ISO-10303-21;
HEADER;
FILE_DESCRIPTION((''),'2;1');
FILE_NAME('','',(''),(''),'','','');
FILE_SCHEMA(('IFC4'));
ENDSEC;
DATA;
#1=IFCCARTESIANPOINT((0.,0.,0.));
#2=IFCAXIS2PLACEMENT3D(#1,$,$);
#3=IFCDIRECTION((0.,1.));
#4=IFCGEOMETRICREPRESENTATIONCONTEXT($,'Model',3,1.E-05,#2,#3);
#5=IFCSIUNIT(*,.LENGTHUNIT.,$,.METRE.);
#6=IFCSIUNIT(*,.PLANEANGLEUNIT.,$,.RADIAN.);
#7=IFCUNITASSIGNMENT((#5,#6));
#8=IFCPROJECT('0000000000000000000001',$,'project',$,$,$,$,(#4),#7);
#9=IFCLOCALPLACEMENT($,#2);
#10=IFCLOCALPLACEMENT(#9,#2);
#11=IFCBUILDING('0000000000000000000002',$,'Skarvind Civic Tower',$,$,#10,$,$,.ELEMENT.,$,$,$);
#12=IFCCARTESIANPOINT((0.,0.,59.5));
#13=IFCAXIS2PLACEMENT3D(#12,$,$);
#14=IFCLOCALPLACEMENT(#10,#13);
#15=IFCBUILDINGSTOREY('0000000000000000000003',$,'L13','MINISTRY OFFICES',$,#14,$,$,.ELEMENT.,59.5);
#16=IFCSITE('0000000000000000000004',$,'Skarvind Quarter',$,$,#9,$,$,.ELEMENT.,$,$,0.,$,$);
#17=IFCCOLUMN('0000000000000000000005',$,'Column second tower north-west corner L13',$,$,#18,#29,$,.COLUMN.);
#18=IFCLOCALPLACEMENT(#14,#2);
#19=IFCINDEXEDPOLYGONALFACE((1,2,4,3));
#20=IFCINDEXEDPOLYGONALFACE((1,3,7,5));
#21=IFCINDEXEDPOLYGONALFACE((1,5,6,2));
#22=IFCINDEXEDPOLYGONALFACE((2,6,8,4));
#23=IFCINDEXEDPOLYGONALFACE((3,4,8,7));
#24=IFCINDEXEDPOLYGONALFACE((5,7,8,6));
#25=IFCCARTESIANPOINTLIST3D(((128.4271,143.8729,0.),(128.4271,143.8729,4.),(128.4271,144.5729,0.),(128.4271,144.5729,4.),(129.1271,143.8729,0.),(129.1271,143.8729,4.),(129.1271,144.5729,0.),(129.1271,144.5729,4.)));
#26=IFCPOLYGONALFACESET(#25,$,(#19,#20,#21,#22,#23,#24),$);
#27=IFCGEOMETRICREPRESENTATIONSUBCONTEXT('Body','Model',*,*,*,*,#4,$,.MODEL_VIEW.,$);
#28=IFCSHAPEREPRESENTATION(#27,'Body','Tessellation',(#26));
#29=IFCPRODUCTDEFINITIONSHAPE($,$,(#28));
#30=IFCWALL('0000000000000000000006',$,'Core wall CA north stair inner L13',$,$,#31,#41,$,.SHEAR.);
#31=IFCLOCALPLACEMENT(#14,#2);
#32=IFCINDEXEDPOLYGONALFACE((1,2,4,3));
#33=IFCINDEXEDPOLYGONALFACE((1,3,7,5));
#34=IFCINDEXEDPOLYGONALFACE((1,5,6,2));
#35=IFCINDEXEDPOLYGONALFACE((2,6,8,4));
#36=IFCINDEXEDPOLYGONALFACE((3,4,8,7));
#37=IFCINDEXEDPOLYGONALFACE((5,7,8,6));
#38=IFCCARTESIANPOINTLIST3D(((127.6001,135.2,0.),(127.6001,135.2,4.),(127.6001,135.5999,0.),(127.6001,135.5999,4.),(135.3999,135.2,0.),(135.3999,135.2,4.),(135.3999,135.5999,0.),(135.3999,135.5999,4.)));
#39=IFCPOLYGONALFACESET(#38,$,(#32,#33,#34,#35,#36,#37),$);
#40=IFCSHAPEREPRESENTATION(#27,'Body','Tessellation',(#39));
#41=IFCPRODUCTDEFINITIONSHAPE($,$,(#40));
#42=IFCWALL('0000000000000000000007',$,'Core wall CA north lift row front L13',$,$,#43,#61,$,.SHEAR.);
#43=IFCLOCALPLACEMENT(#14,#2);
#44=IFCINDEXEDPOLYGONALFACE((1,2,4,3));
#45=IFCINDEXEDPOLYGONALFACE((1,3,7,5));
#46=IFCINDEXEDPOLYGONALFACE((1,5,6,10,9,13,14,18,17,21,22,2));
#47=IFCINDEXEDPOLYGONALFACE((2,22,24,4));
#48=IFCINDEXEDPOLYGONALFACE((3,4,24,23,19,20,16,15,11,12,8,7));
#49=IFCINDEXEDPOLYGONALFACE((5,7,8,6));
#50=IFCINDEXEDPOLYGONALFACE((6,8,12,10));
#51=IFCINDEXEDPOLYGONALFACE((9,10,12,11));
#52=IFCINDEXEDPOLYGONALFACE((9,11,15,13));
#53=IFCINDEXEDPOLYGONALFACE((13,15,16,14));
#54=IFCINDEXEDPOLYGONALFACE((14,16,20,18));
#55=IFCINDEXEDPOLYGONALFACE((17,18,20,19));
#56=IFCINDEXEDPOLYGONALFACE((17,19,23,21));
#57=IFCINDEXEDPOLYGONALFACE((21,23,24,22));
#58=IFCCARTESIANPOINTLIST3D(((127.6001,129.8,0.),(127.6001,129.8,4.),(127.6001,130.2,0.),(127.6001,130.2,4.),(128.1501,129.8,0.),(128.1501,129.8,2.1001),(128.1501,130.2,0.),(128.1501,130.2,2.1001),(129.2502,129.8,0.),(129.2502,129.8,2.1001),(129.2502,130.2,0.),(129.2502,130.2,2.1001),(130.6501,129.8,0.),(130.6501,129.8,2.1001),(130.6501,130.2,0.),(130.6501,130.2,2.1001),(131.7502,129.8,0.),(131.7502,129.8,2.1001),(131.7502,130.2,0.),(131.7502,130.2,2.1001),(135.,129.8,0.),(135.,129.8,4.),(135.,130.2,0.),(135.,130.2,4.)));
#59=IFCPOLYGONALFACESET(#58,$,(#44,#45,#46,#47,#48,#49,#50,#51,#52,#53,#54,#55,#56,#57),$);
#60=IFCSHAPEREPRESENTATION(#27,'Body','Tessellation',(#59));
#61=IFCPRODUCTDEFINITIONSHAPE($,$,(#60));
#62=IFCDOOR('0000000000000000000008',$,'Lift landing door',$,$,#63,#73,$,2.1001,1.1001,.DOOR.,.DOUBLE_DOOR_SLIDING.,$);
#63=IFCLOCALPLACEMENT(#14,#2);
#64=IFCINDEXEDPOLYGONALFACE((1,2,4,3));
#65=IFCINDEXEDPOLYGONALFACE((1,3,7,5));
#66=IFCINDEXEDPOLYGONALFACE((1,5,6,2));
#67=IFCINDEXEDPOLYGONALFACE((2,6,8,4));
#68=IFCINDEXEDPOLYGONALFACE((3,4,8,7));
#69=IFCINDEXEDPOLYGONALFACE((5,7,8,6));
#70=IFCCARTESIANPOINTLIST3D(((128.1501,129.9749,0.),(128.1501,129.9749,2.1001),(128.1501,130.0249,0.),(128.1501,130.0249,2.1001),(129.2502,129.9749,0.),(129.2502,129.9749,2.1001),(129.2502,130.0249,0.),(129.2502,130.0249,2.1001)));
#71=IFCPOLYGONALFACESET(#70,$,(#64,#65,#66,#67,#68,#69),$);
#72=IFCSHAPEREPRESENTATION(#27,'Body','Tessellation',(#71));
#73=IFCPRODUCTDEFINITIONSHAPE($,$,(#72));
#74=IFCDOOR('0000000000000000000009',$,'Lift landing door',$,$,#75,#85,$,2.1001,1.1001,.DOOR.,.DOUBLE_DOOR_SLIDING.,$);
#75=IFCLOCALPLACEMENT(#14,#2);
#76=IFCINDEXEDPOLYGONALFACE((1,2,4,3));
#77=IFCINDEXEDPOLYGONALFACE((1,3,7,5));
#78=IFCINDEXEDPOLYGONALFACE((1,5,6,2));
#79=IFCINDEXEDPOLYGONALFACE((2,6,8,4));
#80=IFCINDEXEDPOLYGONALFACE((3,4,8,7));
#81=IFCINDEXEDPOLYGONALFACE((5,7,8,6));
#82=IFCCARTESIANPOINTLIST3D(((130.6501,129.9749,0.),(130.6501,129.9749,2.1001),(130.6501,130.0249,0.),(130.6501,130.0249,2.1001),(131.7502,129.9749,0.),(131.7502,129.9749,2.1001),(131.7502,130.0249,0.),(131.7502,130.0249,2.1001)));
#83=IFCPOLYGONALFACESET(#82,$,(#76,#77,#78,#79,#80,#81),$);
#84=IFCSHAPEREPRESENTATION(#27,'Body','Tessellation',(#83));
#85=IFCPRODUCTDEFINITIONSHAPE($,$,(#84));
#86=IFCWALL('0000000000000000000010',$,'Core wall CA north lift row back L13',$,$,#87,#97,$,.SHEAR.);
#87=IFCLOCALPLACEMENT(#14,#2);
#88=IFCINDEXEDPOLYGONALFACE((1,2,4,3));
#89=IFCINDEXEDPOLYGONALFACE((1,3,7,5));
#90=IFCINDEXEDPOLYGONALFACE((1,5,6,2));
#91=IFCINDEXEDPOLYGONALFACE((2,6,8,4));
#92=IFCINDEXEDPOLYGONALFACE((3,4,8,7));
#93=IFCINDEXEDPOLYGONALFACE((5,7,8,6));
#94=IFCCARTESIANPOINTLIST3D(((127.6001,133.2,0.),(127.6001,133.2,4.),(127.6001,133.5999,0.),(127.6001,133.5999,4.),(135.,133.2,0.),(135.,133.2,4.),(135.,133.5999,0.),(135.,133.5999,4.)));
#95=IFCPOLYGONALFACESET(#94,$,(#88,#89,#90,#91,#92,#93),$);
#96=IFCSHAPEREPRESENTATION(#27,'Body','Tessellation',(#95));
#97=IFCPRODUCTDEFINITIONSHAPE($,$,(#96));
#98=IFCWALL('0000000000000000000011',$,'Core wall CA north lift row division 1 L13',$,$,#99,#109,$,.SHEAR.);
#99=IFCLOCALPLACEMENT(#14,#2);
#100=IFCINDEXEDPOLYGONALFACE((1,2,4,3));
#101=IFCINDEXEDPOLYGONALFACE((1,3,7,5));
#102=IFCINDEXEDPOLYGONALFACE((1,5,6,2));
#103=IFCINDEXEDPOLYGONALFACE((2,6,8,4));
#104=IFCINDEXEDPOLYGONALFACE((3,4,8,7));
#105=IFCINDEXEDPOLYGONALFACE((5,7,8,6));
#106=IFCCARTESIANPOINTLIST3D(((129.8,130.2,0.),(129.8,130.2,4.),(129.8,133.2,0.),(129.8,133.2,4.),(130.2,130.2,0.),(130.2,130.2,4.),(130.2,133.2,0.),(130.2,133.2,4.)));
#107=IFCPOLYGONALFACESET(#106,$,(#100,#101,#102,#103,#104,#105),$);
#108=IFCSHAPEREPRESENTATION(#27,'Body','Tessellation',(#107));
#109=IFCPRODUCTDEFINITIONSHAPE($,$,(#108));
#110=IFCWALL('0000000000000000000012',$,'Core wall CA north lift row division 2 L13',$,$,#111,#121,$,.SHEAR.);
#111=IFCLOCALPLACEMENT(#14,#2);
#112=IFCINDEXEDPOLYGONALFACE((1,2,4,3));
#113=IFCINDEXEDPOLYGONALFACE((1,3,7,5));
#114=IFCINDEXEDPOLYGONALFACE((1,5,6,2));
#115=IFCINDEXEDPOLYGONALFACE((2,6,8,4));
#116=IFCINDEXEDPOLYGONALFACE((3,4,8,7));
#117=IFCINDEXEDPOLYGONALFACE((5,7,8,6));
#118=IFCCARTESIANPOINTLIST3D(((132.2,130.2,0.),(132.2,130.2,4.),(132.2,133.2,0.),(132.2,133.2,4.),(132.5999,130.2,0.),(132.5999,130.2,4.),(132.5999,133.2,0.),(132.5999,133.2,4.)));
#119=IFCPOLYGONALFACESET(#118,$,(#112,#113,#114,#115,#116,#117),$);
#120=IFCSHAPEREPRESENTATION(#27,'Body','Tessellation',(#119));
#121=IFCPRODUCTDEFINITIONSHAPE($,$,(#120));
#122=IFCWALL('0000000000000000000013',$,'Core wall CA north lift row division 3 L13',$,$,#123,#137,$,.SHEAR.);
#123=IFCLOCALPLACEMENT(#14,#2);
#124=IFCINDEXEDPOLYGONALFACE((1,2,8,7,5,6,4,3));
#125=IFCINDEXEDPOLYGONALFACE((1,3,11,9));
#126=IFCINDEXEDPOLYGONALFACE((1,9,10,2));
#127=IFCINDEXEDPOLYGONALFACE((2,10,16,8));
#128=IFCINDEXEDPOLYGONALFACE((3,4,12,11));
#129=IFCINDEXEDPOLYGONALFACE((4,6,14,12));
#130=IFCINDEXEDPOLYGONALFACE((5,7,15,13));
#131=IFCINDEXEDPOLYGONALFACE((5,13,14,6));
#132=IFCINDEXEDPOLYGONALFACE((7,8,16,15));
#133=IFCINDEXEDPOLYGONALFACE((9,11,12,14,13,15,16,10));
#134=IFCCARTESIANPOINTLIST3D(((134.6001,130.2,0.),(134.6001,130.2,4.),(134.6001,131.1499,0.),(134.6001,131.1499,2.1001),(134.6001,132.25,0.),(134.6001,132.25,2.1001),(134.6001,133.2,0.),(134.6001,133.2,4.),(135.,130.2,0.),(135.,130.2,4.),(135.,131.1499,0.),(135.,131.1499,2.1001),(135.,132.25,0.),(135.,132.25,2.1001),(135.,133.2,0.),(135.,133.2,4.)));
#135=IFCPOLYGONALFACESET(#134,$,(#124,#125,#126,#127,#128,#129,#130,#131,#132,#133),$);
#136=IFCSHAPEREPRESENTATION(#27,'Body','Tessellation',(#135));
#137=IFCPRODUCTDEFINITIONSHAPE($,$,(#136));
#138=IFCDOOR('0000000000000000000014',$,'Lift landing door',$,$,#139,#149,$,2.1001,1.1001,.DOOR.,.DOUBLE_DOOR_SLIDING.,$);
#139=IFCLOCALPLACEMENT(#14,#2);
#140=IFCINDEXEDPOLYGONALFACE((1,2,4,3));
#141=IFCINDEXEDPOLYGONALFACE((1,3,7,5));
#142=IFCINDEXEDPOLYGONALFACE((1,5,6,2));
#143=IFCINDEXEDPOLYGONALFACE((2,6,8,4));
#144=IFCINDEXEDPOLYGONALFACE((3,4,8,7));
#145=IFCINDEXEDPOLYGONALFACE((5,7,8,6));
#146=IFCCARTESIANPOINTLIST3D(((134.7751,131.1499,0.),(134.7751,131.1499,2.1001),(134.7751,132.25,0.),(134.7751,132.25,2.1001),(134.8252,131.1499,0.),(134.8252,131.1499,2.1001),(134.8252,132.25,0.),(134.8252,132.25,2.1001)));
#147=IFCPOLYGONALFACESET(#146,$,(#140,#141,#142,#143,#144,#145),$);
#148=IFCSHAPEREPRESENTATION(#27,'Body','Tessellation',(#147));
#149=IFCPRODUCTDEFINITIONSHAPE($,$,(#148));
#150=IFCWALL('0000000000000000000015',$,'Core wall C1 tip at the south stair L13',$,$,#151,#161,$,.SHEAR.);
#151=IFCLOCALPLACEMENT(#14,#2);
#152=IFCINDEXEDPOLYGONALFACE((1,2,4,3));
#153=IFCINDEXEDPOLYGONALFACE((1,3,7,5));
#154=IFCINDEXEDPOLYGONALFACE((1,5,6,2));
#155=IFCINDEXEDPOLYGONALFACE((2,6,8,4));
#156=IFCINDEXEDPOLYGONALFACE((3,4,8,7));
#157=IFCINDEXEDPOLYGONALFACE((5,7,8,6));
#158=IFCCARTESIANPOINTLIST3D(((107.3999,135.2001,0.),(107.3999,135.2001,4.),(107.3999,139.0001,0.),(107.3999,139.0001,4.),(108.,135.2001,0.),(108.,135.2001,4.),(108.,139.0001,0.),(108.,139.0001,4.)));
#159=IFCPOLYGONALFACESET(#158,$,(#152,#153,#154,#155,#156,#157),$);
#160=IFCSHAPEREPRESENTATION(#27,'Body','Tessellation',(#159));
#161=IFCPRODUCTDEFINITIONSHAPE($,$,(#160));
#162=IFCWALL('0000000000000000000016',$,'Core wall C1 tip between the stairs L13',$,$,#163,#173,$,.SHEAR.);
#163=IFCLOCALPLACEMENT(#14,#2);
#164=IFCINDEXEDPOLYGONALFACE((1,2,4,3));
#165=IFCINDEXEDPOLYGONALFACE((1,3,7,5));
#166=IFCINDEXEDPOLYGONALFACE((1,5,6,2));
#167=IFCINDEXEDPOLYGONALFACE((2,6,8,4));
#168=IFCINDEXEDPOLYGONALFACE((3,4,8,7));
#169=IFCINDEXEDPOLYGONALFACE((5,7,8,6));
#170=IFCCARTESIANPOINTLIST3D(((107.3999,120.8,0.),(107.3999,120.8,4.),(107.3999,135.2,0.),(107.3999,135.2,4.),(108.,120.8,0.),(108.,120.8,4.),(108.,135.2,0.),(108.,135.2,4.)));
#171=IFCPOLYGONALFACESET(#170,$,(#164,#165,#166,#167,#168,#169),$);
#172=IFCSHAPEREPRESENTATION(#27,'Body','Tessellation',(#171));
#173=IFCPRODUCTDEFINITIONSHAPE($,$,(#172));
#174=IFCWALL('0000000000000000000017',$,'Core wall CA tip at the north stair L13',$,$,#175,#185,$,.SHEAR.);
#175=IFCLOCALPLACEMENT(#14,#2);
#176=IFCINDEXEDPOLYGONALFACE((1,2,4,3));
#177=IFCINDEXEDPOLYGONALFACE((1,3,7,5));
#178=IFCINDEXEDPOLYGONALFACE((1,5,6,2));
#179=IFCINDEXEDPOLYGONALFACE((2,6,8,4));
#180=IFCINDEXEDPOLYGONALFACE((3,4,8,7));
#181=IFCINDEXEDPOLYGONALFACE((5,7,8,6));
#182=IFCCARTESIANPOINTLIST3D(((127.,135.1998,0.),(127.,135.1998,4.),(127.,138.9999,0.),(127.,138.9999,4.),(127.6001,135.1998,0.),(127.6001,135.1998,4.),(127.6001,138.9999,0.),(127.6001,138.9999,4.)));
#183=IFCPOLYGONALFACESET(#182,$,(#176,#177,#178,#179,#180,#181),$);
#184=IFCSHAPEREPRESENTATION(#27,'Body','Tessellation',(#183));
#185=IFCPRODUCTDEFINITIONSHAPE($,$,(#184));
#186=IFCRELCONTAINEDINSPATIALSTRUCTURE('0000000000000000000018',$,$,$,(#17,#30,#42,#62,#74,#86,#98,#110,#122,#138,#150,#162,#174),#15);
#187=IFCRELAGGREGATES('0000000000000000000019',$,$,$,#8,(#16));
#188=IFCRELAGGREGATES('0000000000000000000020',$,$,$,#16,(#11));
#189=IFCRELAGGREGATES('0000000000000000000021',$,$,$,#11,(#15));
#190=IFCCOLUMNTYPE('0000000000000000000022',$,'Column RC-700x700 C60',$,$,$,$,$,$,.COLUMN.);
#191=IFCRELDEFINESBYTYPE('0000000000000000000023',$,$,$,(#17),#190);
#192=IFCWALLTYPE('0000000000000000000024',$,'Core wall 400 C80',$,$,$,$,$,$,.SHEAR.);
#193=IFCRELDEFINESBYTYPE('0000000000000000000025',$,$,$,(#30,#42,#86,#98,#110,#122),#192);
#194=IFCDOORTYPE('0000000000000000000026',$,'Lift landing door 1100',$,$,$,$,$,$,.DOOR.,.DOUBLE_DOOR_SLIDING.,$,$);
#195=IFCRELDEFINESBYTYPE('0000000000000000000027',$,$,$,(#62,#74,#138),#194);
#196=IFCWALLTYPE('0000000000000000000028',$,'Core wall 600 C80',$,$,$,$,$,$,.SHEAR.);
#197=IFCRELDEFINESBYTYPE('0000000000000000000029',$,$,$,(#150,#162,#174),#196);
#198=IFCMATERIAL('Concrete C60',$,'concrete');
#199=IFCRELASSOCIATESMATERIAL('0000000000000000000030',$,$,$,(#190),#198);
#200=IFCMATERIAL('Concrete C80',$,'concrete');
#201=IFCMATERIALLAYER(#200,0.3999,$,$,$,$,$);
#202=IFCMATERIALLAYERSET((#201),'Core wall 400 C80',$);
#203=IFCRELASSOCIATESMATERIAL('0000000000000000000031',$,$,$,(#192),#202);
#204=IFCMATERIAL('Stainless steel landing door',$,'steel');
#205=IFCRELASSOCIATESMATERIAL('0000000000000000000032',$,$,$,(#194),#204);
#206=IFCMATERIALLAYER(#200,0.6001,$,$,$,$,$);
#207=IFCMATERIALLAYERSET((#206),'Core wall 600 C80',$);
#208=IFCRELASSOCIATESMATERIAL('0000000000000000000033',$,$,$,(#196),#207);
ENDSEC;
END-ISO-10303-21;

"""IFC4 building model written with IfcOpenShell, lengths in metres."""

from ifc_helpers import new_model, si_unit, direction, frame, frame_2d, origin, origin_2d, place, context, subcontext, project, spatial, rectangle, extrude, material, layer, layer_set, material_profile, profile_set, type_object, element, fill, save


model = new_model("IFC4")

# Units and contexts
model_context = context("Model", 3, precision=1e-05, world=origin(), true_north=direction((0.0, 1.0)))
body_context = subcontext(model_context, "Body", "Model", "MODEL_VIEW")
ifc_project = project(units=[si_unit("LENGTHUNIT", "METRE"), si_unit("PLANEANGLEUNIT", "RADIAN")], contexts=[model_context])

# Site, building, storey
site_placement = place(None, origin())
site = spatial("IfcSite", under=ifc_project, at=site_placement, Name="Skarvind Quarter", CompositionType="ELEMENT", RefElevation=0.0)
building_placement = place(site_placement, origin())
building = spatial("IfcBuilding", under=site, at=building_placement, Name="Skarvind Civic Tower", CompositionType="ELEMENT")
storey_placement = place(building_placement, frame((0.0, 0.0, 59.5)))
storey = spatial("IfcBuildingStorey", under=building, at=storey_placement, Name="L13", Description="MINISTRY OFFICES", CompositionType="ELEMENT", Elevation=59.5)

# Column
ifc_material_1 = material(Name="Concrete C60", Category="concrete")
ifc_material_profile = material_profile(ifc_material_1, rectangle(XDim=0.7, YDim=0.7, at=origin_2d()), Name="RC-700x700")
ifc_profile_set = profile_set([ifc_material_profile], Name="Concrete C60")
column_type = type_object("IfcColumnType", Name="Column RC-700x700 C60", PredefinedType="COLUMN", material=ifc_profile_set)
column_placement = place(storey_placement, frame((128.7771, 144.2229, 0.0), z_axis=(0.0, 0.0, 1.0), x_axis=(1.0, 0.0, 0.0)))
element("IfcColumn", 1, at=column_placement, inside=storey, type_object=column_type, Name="Column second tower north-west corner L13", PredefinedType="COLUMN", context=body_context, shape_type="SweptSolid", body=[
    extrude(rectangle(XDim=0.7, YDim=0.7, at=origin_2d()), origin(), (0.0, 0.0, 1.0), 4.0),
])

# Wall
ifc_material_2 = material(Name="Concrete C80", Category="concrete")
ifc_layer_1 = layer(ifc_material_2, 0.3999)
ifc_layer_set_1 = layer_set([ifc_layer_1], Name="Core wall 400 C80")
wall_type_1 = type_object("IfcWallType", Name="Core wall 400 C80", PredefinedType="SHEAR", material=ifc_layer_set_1)
wall_1_placement = place(storey_placement, frame((127.6001, 135.3999, 0.0), z_axis=(0.0, 0.0, 1.0), x_axis=(1.0, 0.0, 0.0)))
element("IfcWall", 2, at=wall_1_placement, inside=storey, type_object=wall_type_1, Name="Core wall CA north stair inner L13", PredefinedType="SHEAR", context=body_context, shape_type="SweptSolid", body=[
    extrude(rectangle(XDim=7.7998, YDim=0.3999, at=frame_2d((3.8999, 0.0))), origin(), (0.0, 0.0, 1.0), 4.0),
])

# Wall, openings, doors
wall_2_placement = place(storey_placement, frame((127.6001, 130.0, 0.0), z_axis=(0.0, 0.0, 1.0), x_axis=(1.0, 0.0, 0.0)))
wall_2 = element("IfcWall", 3, at=wall_2_placement, inside=storey, type_object=wall_type_1, Name="Core wall CA north lift row front L13", PredefinedType="SHEAR", context=body_context, shape_type="SweptSolid", body=[
    extrude(rectangle(XDim=7.3999, YDim=0.3999, at=frame_2d((3.7, 0.0))), origin(), (0.0, 0.0, 1.0), 4.0),
])
opening_1_placement = place(wall_2_placement, frame((0.55, 0.0, 0.0)))
opening_1 = element("IfcOpeningElement", 4, at=opening_1_placement, cuts=wall_2, PredefinedType="OPENING", context=body_context, shape_type="SweptSolid", body=[
    extrude(rectangle(XDim=1.1001, YDim=2.1001, at=frame_2d((0.55, 1.05))), frame((0.0, 0.21, 0.0), z_axis=(0.0, -1.0, 0.0), x_axis=(1.0, 0.0, 0.0)), (0.0, 0.0, 1.0), 0.4199),
])
opening_2_placement = place(wall_2_placement, frame((3.05, 0.0, 0.0)))
opening_2 = element("IfcOpeningElement", 5, at=opening_2_placement, cuts=wall_2, PredefinedType="OPENING", context=body_context, shape_type="SweptSolid", body=[
    extrude(rectangle(XDim=1.1001, YDim=2.1001, at=frame_2d((0.55, 1.05))), frame((0.0, 0.21, 0.0), z_axis=(0.0, -1.0, 0.0), x_axis=(1.0, 0.0, 0.0)), (0.0, 0.0, 1.0), 0.4199),
])
ifc_material_3 = material(Name="Stainless steel landing door", Category="steel")
door_type = type_object("IfcDoorType", Name="Lift landing door 1100", OperationType="DOUBLE_DOOR_SLIDING", PredefinedType="DOOR", material=ifc_material_3)
door_1_placement = place(opening_1_placement, origin())
door_1 = element("IfcDoor", 6, at=door_1_placement, inside=storey, type_object=door_type, Name="Lift landing door", OperationType="DOUBLE_DOOR_SLIDING", OverallHeight=2.1001, OverallWidth=1.1001, PredefinedType="DOOR", context=body_context, shape_type="SweptSolid", body=[
    extrude(rectangle(XDim=1.1001, YDim=2.1001, at=frame_2d((0.55, 1.05))), frame((0.0, 0.0249, 0.0), z_axis=(0.0, -1.0, 0.0), x_axis=(1.0, 0.0, 0.0)), (0.0, 0.0, 1.0), 0.05),
])
fill(opening_1, door_1)
door_2_placement = place(opening_2_placement, origin())
door_2 = element("IfcDoor", 7, at=door_2_placement, inside=storey, type_object=door_type, Name="Lift landing door", OperationType="DOUBLE_DOOR_SLIDING", OverallHeight=2.1001, OverallWidth=1.1001, PredefinedType="DOOR", context=body_context, shape_type="SweptSolid", body=[
    extrude(rectangle(XDim=1.1001, YDim=2.1001, at=frame_2d((0.55, 1.05))), frame((0.0, 0.0249, 0.0), z_axis=(0.0, -1.0, 0.0), x_axis=(1.0, 0.0, 0.0)), (0.0, 0.0, 1.0), 0.05),
])
fill(opening_2, door_2)

# Walls
wall_3_placement = place(storey_placement, frame((127.6001, 133.3999, 0.0), z_axis=(0.0, 0.0, 1.0), x_axis=(1.0, 0.0, 0.0)))
element("IfcWall", 8, at=wall_3_placement, inside=storey, type_object=wall_type_1, Name="Core wall CA north lift row back L13", PredefinedType="SHEAR", context=body_context, shape_type="SweptSolid", body=[
    extrude(rectangle(XDim=7.3999, YDim=0.3999, at=frame_2d((3.7, 0.0))), origin(), (0.0, 0.0, 1.0), 4.0),
])
for number, where, z_axis, x_axis, name in (
    (9, (130.0, 130.2, 0.0), (0.0, 0.0, 1.0), (0.0, 1.0, 0.0), "Core wall CA north lift row division 1 L13"),
    (10, (132.3999, 130.2, 0.0), (0.0, 0.0, 1.0), (0.0, 1.0, 0.0), "Core wall CA north lift row division 2 L13"),
):
    element("IfcWall", number, at=place(storey_placement, frame(where, z_axis=z_axis, x_axis=x_axis)), inside=storey, type_object=wall_type_1, Name=name, PredefinedType="SHEAR", context=body_context, shape_type="SweptSolid", body=[
        extrude(rectangle(XDim=3.0, YDim=0.3999, at=frame_2d((1.5, 0.0))), origin(), (0.0, 0.0, 1.0), 4.0),
    ])

# Wall, opening, door
wall_4_placement = place(storey_placement, frame((134.8, 130.2, 0.0), z_axis=(0.0, 0.0, 1.0), x_axis=(0.0, 1.0, 0.0)))
wall_4 = element("IfcWall", 11, at=wall_4_placement, inside=storey, type_object=wall_type_1, Name="Core wall CA north lift row division 3 L13", PredefinedType="SHEAR", context=body_context, shape_type="SweptSolid", body=[
    extrude(rectangle(XDim=3.0, YDim=0.3999, at=frame_2d((1.5, 0.0))), origin(), (0.0, 0.0, 1.0), 4.0),
])
opening_3_placement = place(wall_4_placement, frame((0.95, 0.0, 0.0)))
opening_3 = element("IfcOpeningElement", 12, at=opening_3_placement, cuts=wall_4, PredefinedType="OPENING", context=body_context, shape_type="SweptSolid", body=[
    extrude(rectangle(XDim=1.1001, YDim=2.1001, at=frame_2d((0.55, 1.05))), frame((0.0, 0.21, 0.0), z_axis=(0.0, -1.0, 0.0), x_axis=(1.0, 0.0, 0.0)), (0.0, 0.0, 1.0), 0.4199),
])
door_3_placement = place(opening_3_placement, origin())
door_3 = element("IfcDoor", 13, at=door_3_placement, inside=storey, type_object=door_type, Name="Lift landing door", OperationType="DOUBLE_DOOR_SLIDING", OverallHeight=2.1001, OverallWidth=1.1001, PredefinedType="DOOR", context=body_context, shape_type="SweptSolid", body=[
    extrude(rectangle(XDim=1.1001, YDim=2.1001, at=frame_2d((0.55, 1.05))), frame((0.0, 0.0249, 0.0), z_axis=(0.0, -1.0, 0.0), x_axis=(1.0, 0.0, 0.0)), (0.0, 0.0, 1.0), 0.05),
])
fill(opening_3, door_3)

# Walls
ifc_layer_2 = layer(ifc_material_2, 0.6001)
ifc_layer_set_2 = layer_set([ifc_layer_2], Name="Core wall 600 C80")
wall_type_2 = type_object("IfcWallType", Name="Core wall 600 C80", PredefinedType="SHEAR", material=ifc_layer_set_2)
wall_5_placement = place(storey_placement, frame((107.7, 139.0, 0.0), z_axis=(0.0, 0.0, 1.0), x_axis=(0.0, -1.0, 0.0)))
element("IfcWall", 14, at=wall_5_placement, inside=storey, type_object=wall_type_2, Name="Core wall C1 tip at the south stair L13", PredefinedType="SHEAR", context=body_context, shape_type="SweptSolid", body=[
    extrude(rectangle(XDim=3.8, YDim=0.6001, at=frame_2d((1.8999, 0.0))), origin(), (0.0, 0.0, 1.0), 4.0),
])
wall_6_placement = place(storey_placement, frame((107.7, 135.2, 0.0), z_axis=(0.0, 0.0, 1.0), x_axis=(0.0, -1.0, 0.0)))
element("IfcWall", 15, at=wall_6_placement, inside=storey, type_object=wall_type_2, Name="Core wall C1 tip between the stairs L13", PredefinedType="SHEAR", context=body_context, shape_type="SweptSolid", body=[
    extrude(rectangle(XDim=14.3999, YDim=0.6001, at=frame_2d((7.2, 0.0))), origin(), (0.0, 0.0, 1.0), 4.0),
])
wall_7_placement = place(storey_placement, frame((127.3, 135.2, 0.0), z_axis=(0.0, 0.0, 1.0), x_axis=(0.0, 1.0, 0.0)))
element("IfcWall", 16, at=wall_7_placement, inside=storey, type_object=wall_type_2, Name="Core wall CA tip at the north stair L13", PredefinedType="SHEAR", context=body_context, shape_type="SweptSolid", body=[
    extrude(rectangle(XDim=3.8, YDim=0.6001, at=frame_2d((1.8999, 0.0))), origin(), (0.0, 0.0, 1.0), 4.0),
])

save(model, "model.ifc")
